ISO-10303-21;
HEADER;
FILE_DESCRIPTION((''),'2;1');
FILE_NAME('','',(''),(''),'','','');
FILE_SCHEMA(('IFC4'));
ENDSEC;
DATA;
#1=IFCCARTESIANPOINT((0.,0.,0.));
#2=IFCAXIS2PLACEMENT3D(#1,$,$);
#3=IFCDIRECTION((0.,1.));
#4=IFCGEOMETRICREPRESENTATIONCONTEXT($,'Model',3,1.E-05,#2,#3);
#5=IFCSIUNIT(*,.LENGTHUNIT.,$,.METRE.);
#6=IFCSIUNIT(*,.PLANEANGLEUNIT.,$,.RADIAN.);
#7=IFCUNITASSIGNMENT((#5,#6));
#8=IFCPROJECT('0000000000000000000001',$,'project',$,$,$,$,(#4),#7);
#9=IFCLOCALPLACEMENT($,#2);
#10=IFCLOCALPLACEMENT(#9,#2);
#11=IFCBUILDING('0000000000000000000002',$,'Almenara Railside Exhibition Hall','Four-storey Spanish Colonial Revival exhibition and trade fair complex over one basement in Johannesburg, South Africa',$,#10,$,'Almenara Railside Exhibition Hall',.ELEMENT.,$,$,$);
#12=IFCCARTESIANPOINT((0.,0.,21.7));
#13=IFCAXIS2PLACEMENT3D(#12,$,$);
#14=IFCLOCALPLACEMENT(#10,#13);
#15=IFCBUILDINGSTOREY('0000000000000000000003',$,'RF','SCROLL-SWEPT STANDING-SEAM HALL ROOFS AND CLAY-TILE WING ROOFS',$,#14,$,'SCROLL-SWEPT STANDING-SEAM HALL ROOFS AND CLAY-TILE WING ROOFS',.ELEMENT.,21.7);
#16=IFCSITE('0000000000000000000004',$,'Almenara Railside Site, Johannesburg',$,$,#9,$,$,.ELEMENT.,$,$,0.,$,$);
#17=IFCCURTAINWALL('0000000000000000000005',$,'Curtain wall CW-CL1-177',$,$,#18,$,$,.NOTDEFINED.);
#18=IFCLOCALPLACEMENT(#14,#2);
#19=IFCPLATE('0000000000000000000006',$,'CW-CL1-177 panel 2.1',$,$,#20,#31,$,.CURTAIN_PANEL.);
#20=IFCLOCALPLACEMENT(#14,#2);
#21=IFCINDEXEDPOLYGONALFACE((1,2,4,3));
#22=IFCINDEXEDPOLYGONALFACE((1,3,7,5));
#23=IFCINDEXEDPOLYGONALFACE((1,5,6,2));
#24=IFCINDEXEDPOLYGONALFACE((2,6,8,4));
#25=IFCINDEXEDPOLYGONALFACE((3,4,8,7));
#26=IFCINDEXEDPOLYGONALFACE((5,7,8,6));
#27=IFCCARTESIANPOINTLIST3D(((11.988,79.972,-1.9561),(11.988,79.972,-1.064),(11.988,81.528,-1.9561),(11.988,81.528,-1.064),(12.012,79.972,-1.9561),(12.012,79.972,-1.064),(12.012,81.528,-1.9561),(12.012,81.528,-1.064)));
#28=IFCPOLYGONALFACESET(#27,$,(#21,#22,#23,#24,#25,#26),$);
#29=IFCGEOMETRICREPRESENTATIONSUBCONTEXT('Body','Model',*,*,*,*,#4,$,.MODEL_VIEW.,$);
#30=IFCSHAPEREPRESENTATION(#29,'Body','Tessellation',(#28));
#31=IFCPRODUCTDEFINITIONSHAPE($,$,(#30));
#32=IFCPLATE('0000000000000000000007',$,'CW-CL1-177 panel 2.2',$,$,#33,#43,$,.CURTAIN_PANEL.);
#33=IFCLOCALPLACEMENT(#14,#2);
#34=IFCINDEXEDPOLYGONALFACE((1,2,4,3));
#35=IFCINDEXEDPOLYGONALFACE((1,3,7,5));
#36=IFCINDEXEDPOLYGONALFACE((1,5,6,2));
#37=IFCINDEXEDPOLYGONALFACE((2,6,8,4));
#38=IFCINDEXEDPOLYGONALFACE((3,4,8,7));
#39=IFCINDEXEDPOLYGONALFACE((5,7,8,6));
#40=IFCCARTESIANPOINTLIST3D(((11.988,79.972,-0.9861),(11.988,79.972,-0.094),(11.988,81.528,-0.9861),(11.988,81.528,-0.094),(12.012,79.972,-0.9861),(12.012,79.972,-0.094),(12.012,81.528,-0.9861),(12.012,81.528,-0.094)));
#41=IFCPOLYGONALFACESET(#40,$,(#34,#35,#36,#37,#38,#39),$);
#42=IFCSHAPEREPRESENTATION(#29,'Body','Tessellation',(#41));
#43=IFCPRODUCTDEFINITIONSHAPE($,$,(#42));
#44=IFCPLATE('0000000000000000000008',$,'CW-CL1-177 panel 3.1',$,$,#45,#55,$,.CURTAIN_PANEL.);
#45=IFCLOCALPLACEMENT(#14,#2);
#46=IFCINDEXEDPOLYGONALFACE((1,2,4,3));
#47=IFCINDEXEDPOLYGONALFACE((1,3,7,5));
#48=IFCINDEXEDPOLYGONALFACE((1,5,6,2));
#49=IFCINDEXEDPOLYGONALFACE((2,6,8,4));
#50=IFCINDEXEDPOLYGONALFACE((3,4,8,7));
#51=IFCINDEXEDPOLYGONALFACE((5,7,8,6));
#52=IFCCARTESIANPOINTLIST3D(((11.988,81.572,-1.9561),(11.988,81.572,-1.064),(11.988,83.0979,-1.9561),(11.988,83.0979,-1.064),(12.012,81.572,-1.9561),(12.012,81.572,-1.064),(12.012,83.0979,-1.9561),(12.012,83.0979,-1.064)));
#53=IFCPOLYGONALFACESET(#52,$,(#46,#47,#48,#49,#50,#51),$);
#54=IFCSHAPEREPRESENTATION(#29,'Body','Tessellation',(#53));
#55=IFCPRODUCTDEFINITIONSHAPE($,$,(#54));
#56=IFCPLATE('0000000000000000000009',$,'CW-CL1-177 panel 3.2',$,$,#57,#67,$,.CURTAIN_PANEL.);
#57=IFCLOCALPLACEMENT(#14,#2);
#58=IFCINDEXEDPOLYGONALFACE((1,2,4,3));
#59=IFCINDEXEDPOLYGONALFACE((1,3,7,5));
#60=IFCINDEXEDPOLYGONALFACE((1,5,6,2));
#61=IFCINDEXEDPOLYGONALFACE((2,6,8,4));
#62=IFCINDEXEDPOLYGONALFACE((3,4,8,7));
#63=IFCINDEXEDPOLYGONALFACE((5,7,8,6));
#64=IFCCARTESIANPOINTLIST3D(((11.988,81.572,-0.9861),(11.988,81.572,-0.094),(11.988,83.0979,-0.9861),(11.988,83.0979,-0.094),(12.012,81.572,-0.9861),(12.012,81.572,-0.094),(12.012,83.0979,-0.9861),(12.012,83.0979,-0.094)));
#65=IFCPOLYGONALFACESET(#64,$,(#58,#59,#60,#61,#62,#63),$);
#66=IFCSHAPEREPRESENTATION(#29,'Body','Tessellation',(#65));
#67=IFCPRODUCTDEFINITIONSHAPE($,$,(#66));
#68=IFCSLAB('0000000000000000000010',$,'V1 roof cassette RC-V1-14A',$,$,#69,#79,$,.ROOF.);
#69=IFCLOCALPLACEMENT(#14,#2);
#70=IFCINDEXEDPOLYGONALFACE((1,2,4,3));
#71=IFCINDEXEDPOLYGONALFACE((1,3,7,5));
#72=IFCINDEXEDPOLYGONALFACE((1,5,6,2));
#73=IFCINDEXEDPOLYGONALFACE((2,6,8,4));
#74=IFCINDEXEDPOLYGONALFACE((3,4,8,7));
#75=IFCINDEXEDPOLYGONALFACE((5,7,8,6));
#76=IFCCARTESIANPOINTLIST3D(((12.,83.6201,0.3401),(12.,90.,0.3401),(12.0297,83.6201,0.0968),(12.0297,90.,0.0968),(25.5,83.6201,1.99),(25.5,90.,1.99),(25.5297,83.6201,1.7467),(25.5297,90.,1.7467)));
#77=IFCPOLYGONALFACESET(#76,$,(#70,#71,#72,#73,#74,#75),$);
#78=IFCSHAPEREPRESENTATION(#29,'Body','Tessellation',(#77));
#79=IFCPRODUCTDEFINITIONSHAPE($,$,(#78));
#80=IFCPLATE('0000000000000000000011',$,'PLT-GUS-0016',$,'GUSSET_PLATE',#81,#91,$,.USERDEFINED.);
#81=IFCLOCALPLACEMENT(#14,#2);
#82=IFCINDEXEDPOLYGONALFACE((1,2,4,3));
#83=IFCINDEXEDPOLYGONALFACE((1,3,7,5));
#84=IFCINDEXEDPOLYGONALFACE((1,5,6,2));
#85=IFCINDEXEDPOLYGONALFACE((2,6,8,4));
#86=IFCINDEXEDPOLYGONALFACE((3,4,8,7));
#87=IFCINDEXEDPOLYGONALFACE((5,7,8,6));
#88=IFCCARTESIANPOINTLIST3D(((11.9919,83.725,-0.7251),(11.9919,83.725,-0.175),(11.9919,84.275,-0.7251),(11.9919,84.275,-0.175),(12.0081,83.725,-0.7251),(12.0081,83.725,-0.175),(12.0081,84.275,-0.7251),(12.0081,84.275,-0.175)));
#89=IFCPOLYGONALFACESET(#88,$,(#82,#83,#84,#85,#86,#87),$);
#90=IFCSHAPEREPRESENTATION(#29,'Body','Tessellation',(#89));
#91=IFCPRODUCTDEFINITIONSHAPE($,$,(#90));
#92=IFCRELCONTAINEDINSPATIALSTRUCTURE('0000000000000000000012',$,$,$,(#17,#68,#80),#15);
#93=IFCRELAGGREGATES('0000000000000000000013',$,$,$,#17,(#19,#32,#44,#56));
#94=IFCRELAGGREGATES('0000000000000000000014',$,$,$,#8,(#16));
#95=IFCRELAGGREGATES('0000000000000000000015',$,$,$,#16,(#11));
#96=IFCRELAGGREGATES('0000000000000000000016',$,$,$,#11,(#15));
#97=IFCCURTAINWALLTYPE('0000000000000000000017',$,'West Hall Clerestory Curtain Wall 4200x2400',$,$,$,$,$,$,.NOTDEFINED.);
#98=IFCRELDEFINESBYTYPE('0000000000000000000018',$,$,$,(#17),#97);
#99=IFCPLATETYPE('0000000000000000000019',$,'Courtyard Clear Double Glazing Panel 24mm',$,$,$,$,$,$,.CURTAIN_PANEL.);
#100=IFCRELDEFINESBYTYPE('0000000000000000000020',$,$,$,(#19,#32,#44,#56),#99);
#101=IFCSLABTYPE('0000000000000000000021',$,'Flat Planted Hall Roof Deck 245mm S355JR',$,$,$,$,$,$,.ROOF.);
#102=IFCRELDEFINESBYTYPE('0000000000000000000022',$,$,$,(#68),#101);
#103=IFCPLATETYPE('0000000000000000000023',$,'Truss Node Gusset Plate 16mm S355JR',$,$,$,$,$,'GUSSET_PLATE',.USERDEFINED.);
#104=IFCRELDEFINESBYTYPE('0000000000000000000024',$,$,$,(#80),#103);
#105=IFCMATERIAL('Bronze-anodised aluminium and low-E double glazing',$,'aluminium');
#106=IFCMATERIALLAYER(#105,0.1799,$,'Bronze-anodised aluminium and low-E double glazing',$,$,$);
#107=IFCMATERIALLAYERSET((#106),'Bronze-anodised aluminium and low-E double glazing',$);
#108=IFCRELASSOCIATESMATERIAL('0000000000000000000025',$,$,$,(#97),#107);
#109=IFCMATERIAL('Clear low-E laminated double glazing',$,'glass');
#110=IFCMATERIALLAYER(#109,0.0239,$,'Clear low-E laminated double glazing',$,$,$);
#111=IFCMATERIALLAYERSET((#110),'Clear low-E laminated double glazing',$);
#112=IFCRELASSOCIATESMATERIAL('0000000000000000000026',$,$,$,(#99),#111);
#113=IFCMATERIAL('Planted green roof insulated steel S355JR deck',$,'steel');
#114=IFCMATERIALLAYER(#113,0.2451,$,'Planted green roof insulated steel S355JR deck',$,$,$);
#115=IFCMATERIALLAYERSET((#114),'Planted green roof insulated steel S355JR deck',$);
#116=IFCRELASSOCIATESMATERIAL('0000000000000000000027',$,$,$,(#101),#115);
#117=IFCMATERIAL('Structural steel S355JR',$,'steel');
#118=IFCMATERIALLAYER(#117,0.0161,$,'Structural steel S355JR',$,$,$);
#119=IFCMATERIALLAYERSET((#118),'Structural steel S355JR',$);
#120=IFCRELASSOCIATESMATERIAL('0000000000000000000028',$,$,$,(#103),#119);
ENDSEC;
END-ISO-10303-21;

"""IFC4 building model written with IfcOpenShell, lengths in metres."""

from ifc_helpers import new_model, si_unit, direction, frame, origin, origin_2d, place, context, subcontext, project, spatial, polyline, rectangle, outline, extrude, material, layer, layer_set, type_object, element, aggregate, save


model = new_model("IFC4")

# Units and contexts
model_context = context("Model", 3, precision=1e-05, world=origin(), true_north=direction((0.0, 1.0)))
body_context = subcontext(model_context, "Body", "Model", "MODEL_VIEW")
ifc_project = project(units=[si_unit("LENGTHUNIT", "METRE"), si_unit("PLANEANGLEUNIT", "RADIAN")], contexts=[model_context])

# Site, building, storey
site_placement = place(None, origin())
site = spatial("IfcSite", under=ifc_project, at=site_placement, Name="Almenara Railside Site, Johannesburg", CompositionType="ELEMENT", RefElevation=0.0)
building_placement = place(site_placement, origin())
building = spatial("IfcBuilding", under=site, at=building_placement, Name="Almenara Railside Exhibition Hall", Description="Four-storey Spanish Colonial Revival exhibition and trade fair complex over one basement in Johannesburg, South Africa", LongName="Almenara Railside Exhibition Hall", CompositionType="ELEMENT")
storey_placement = place(building_placement, frame((0.0, 0.0, 21.7)))
storey = spatial("IfcBuildingStorey", under=building, at=storey_placement, Name="RF", Description="SCROLL-SWEPT STANDING-SEAM HALL ROOFS AND CLAY-TILE WING ROOFS", LongName="SCROLL-SWEPT STANDING-SEAM HALL ROOFS AND CLAY-TILE WING ROOFS", CompositionType="ELEMENT", Elevation=21.7)

# Shared definitions
ifc_material_1 = material(Name="Structural steel S355JR", Category="steel")

# Curtain wall
ifc_material_2 = material(Name="Bronze-anodised aluminium and low-E double glazing", Category="aluminium")
ifc_layer_1 = layer(ifc_material_2, 0.1799, Name="Bronze-anodised aluminium and low-E double glazing")
ifc_layer_set_1 = layer_set([ifc_layer_1], Name="Bronze-anodised aluminium and low-E double glazing")
curtain_wall_type = type_object("IfcCurtainWallType", Name="West Hall Clerestory Curtain Wall 4200x2400", PredefinedType="NOTDEFINED", material=ifc_layer_set_1)
curtain_wall_1_placement = place(storey_placement, origin())
curtain_wall_1 = element("IfcCurtainWall", 1, at=curtain_wall_1_placement, inside=storey, type_object=curtain_wall_type, Name="Curtain wall CW-CL1-177", PredefinedType="NOTDEFINED")

# Plates
ifc_material_3 = material(Name="Clear low-E laminated double glazing", Category="glass")
ifc_layer_2 = layer(ifc_material_3, 0.0239, Name="Clear low-E laminated double glazing")
ifc_layer_set_2 = layer_set([ifc_layer_2], Name="Clear low-E laminated double glazing")
plate_type_1 = type_object("IfcPlateType", Name="Courtyard Clear Double Glazing Panel 24mm", PredefinedType="CURTAIN_PANEL", material=ifc_layer_set_2)
plate_1_placement = place(storey_placement, frame((12.0, 80.75, -1.9561), z_axis=(0.0, 0.0, 1.0), x_axis=(0.0, 1.0, 0.0)))
plate_1 = element("IfcPlate", 2, at=plate_1_placement, type_object=plate_type_1, Name="CW-CL1-177 panel 2.1", PredefinedType="CURTAIN_PANEL", context=body_context, shape_type="SweptSolid", body=[
    extrude(rectangle(XDim=1.5559, YDim=0.0239, at=origin_2d()), origin(), (0.0, 0.0, 1.0), 0.8921),
])
plate_2_placement = place(storey_placement, frame((12.0, 80.75, -0.9861), z_axis=(0.0, 0.0, 1.0), x_axis=(0.0, 1.0, 0.0)))
plate_2 = element("IfcPlate", 3, at=plate_2_placement, type_object=plate_type_1, Name="CW-CL1-177 panel 2.2", PredefinedType="CURTAIN_PANEL", context=body_context, shape_type="SweptSolid", body=[
    extrude(rectangle(XDim=1.5559, YDim=0.0239, at=origin_2d()), origin(), (0.0, 0.0, 1.0), 0.8921),
])
plate_3_placement = place(storey_placement, frame((12.0, 82.335, -1.9561), z_axis=(0.0, 0.0, 1.0), x_axis=(0.0, 1.0, 0.0)))
plate_3 = element("IfcPlate", 4, at=plate_3_placement, type_object=plate_type_1, Name="CW-CL1-177 panel 3.1", PredefinedType="CURTAIN_PANEL", context=body_context, shape_type="SweptSolid", body=[
    extrude(rectangle(XDim=1.5259, YDim=0.0239, at=origin_2d()), origin(), (0.0, 0.0, 1.0), 0.8921),
])
plate_4_placement = place(storey_placement, frame((12.0, 82.335, -0.9861), z_axis=(0.0, 0.0, 1.0), x_axis=(0.0, 1.0, 0.0)))
plate_4 = element("IfcPlate", 5, at=plate_4_placement, type_object=plate_type_1, Name="CW-CL1-177 panel 3.2", PredefinedType="CURTAIN_PANEL", context=body_context, shape_type="SweptSolid", body=[
    extrude(rectangle(XDim=1.5259, YDim=0.0239, at=origin_2d()), origin(), (0.0, 0.0, 1.0), 0.8921),
])
aggregate(curtain_wall_1, [plate_1, plate_2, plate_3, plate_4])

# Slab
ifc_material_4 = material(Name="Planted green roof insulated steel S355JR deck", Category="steel")
ifc_layer_3 = layer(ifc_material_4, 0.2451, Name="Planted green roof insulated steel S355JR deck")
ifc_layer_set_3 = layer_set([ifc_layer_3], Name="Planted green roof insulated steel S355JR deck")
slab_type = type_object("IfcSlabType", Name="Flat Planted Hall Roof Deck 245mm S355JR", PredefinedType="ROOF", material=ifc_layer_set_3)
slab_placement = place(storey_placement, frame((12.0, 83.6201, 0.3401), z_axis=(-0.121312, 0.0, 0.992614), x_axis=(0.992614, 0.0, 0.121312)))
element("IfcSlab", 6, at=slab_placement, inside=storey, type_object=slab_type, Name="V1 roof cassette RC-V1-14A", PredefinedType="ROOF", context=body_context, shape_type="SweptSolid", body=[
    extrude(outline(polyline([(0.0, 0.0), (13.6004, 0.0), (13.6004, 6.3799), (0.0, 6.3799), (0.0, 0.0)])), origin(), (0.0, 0.0, -1.0), 0.2451),
])

# Plate
ifc_layer_4 = layer(ifc_material_1, 0.0161, Name="Structural steel S355JR")
ifc_layer_set_4 = layer_set([ifc_layer_4], Name="Structural steel S355JR")
plate_type_2 = type_object("IfcPlateType", Name="Truss Node Gusset Plate 16mm S355JR", ElementType="GUSSET_PLATE", PredefinedType="USERDEFINED", material=ifc_layer_set_4)
plate_5_placement = place(storey_placement, frame((12.0, 84.0, -0.7251), z_axis=(0.0, 0.0, 1.0), x_axis=(0.0, 1.0, 0.0)))
element("IfcPlate", 7, at=plate_5_placement, inside=storey, type_object=plate_type_2, Name="PLT-GUS-0016", ObjectType="GUSSET_PLATE", PredefinedType="USERDEFINED", context=body_context, shape_type="SweptSolid", body=[
    extrude(rectangle(XDim=0.55, YDim=0.0161, at=origin_2d()), origin(), (0.0, 0.0, 1.0), 0.55),
])

save(model, "model.ifc")
